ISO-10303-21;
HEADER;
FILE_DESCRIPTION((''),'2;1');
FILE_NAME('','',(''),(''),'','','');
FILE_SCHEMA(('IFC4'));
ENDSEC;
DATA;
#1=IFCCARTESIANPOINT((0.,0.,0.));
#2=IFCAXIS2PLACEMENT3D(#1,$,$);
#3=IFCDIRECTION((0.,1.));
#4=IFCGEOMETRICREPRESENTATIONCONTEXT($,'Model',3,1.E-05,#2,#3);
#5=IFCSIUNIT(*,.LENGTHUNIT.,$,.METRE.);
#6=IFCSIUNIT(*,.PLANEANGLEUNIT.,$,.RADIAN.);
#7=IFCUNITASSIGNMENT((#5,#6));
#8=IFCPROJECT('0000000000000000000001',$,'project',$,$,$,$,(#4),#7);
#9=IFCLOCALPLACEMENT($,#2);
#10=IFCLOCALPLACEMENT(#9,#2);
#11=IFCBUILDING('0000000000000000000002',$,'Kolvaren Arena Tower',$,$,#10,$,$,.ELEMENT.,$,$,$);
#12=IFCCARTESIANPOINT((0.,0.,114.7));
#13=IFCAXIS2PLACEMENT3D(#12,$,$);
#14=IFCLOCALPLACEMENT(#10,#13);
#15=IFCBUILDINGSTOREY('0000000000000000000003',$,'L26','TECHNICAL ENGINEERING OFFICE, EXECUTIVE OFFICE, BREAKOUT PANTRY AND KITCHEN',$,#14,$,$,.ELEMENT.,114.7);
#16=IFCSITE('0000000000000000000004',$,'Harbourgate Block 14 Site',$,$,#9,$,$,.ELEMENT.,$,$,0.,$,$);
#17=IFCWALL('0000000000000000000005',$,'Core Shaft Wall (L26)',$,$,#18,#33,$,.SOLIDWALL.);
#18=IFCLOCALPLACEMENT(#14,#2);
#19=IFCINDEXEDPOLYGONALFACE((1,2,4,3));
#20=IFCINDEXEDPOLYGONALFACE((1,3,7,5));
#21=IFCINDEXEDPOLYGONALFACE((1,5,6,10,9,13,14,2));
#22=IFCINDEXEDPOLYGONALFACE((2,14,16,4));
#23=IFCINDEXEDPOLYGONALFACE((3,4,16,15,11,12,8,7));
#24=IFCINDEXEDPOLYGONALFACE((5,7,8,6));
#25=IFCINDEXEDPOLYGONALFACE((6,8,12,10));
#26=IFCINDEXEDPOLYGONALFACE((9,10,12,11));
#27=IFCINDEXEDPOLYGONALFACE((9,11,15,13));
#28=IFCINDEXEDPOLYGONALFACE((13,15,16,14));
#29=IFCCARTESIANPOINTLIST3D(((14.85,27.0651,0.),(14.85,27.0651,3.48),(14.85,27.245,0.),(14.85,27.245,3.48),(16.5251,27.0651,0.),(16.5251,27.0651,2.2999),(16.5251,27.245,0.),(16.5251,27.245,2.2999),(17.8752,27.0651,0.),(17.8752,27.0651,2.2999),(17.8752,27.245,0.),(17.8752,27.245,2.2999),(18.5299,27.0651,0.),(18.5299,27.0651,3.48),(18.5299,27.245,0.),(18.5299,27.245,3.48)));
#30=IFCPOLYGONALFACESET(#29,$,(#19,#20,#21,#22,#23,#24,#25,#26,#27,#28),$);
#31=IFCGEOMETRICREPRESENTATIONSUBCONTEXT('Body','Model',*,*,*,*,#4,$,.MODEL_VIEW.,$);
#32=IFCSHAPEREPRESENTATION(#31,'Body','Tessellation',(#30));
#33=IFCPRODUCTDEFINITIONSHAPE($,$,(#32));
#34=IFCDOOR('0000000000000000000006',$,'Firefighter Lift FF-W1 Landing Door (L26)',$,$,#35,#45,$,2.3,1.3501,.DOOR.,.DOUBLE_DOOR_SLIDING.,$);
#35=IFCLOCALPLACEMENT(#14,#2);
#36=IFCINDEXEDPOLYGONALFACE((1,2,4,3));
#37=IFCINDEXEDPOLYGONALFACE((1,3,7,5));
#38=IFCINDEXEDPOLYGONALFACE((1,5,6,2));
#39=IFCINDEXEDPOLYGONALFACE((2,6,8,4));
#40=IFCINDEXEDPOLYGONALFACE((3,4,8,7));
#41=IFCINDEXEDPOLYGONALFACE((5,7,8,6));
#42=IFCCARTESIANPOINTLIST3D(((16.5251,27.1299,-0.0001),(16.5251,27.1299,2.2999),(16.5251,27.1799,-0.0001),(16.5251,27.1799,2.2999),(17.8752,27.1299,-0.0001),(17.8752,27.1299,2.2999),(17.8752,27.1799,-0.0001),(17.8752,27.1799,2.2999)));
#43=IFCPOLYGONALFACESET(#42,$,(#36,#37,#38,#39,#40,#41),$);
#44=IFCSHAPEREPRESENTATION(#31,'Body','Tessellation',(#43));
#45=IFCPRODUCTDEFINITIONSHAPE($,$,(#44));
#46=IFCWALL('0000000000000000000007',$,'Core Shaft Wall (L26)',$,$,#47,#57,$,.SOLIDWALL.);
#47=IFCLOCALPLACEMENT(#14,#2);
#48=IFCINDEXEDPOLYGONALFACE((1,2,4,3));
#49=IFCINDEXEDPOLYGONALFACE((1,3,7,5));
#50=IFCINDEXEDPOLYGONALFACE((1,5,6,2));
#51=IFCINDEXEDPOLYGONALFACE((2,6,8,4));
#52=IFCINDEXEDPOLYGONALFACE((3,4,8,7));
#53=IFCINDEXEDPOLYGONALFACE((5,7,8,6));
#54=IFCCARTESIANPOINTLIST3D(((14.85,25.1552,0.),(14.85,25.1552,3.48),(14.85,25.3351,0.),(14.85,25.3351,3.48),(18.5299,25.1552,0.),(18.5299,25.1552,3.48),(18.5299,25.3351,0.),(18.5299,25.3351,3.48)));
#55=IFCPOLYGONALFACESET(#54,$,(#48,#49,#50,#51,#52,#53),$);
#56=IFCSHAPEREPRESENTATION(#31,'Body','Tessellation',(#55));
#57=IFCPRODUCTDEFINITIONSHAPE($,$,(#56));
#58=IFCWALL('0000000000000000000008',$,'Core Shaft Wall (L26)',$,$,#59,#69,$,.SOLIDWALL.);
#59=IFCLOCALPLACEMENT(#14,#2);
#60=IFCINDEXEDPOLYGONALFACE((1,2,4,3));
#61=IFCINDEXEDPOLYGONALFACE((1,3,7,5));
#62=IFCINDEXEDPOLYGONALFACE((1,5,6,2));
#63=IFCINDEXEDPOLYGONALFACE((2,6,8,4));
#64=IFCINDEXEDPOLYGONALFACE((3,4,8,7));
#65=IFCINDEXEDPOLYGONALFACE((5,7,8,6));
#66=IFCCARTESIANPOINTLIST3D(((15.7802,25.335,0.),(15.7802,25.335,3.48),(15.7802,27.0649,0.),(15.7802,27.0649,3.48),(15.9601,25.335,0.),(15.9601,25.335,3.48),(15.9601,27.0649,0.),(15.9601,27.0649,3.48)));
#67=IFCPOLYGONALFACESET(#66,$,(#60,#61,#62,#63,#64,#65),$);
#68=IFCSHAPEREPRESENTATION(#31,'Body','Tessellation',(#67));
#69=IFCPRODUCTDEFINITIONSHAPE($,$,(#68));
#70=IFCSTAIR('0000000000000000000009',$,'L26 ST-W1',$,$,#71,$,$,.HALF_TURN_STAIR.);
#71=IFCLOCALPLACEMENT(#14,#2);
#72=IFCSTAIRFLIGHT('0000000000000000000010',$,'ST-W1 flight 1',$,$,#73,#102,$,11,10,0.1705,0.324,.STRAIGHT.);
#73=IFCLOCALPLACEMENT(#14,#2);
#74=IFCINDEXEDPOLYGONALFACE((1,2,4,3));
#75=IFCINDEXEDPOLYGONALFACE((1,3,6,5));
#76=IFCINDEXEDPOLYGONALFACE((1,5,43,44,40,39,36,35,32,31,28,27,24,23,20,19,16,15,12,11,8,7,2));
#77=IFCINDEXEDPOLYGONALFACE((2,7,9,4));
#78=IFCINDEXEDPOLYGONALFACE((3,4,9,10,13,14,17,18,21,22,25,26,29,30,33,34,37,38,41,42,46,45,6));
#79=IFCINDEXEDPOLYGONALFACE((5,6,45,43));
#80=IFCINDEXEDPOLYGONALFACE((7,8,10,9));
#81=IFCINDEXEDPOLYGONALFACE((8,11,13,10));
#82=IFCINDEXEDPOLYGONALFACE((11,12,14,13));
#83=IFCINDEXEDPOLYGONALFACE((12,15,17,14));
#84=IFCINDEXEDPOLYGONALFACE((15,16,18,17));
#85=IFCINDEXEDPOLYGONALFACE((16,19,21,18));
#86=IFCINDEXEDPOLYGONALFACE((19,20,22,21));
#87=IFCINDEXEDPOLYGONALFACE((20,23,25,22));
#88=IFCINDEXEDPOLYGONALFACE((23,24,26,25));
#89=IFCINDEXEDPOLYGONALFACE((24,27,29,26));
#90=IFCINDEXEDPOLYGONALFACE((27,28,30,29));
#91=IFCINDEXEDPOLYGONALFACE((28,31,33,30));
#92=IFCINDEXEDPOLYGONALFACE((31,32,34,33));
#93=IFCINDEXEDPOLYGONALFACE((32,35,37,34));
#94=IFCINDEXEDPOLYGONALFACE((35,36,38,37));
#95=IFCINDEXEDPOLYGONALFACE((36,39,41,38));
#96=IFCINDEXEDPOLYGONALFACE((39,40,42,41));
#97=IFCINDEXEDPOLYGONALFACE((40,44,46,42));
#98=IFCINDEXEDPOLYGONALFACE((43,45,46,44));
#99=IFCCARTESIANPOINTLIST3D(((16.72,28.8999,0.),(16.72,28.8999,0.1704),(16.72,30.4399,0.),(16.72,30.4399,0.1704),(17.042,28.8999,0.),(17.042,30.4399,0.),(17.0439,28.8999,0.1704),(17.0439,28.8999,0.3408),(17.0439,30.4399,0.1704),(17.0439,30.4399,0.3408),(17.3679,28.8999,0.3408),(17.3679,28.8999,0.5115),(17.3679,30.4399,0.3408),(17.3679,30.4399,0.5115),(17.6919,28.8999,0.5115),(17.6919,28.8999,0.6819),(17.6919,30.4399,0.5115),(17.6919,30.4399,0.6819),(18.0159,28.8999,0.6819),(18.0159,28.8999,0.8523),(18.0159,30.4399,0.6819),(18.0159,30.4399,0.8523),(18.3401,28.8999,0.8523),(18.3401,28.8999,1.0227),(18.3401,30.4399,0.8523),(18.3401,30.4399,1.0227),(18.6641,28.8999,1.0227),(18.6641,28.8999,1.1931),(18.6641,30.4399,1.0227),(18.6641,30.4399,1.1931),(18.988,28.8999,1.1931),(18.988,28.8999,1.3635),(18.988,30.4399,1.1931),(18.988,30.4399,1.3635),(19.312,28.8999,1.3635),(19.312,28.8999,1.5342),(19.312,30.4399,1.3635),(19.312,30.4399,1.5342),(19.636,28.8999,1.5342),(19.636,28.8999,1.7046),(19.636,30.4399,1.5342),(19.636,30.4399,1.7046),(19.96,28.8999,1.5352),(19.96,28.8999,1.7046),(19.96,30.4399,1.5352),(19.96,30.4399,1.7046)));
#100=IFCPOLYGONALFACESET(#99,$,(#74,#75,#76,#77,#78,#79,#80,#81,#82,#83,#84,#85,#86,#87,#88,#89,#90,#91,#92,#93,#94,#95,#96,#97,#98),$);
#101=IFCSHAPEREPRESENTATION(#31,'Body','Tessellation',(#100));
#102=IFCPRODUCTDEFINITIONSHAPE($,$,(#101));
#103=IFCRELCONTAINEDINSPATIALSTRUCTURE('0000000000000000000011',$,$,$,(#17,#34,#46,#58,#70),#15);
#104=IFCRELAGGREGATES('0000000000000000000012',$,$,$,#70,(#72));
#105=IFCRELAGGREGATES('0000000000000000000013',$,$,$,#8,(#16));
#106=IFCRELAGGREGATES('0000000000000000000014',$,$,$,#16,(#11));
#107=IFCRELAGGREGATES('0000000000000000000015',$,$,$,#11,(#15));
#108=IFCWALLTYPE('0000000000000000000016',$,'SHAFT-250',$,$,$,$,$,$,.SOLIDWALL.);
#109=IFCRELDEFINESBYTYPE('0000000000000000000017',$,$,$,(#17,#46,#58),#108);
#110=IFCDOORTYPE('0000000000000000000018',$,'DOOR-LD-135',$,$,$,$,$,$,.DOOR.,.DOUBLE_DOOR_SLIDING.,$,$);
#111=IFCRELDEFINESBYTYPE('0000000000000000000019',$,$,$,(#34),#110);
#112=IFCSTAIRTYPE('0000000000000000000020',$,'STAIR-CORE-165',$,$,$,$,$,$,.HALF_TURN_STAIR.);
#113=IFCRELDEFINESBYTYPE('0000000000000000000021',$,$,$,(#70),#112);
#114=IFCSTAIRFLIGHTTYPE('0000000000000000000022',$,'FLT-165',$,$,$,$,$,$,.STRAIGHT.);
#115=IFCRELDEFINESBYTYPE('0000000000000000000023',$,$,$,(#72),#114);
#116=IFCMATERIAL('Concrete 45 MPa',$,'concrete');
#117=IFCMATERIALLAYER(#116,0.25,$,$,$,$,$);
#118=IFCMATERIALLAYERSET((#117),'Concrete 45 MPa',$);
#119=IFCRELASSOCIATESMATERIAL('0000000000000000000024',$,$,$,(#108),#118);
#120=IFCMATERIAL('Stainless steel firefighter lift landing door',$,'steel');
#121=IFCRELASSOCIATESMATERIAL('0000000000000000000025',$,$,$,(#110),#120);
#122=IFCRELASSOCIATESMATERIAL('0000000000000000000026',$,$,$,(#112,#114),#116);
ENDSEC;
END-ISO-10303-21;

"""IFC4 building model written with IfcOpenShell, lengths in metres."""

from ifc_helpers import new_model, si_unit, direction, frame, frame_2d, origin, place, context, subcontext, project, spatial, polyline, rectangle, outline, extrude, material, layer, layer_set, type_object, element, fill, aggregate, save


model = new_model("IFC4")

# Units and contexts
model_context = context("Model", 3, precision=1e-05, world=origin(), true_north=direction((0.0, 1.0)))
body_context = subcontext(model_context, "Body", "Model", "MODEL_VIEW")
ifc_project = project(units=[si_unit("LENGTHUNIT", "METRE"), si_unit("PLANEANGLEUNIT", "RADIAN")], contexts=[model_context])

# Site, building, storey
site_placement = place(None, origin())
site = spatial("IfcSite", under=ifc_project, at=site_placement, Name="Harbourgate Block 14 Site", CompositionType="ELEMENT", RefElevation=0.0)
building_placement = place(site_placement, origin())
building = spatial("IfcBuilding", under=site, at=building_placement, Name="Kolvaren Arena Tower", CompositionType="ELEMENT")
storey_placement = place(building_placement, frame((0.0, 0.0, 114.7)))
storey = spatial("IfcBuildingStorey", under=building, at=storey_placement, Name="L26", Description="TECHNICAL ENGINEERING OFFICE, EXECUTIVE OFFICE, BREAKOUT PANTRY AND KITCHEN", CompositionType="ELEMENT", Elevation=114.7)

# Shared definitions
ifc_material_1 = material(Name="Concrete 45 MPa", Category="concrete")
ifc_layer = layer(ifc_material_1, 0.25)
ifc_layer_set = layer_set([ifc_layer], Name="Concrete 45 MPa")
wall_type = type_object("IfcWallType", Name="SHAFT-250", PredefinedType="SOLIDWALL", material=ifc_layer_set)

# Wall, opening, door
wall_1_placement = place(storey_placement, frame((14.8501, 27.155, 0.0), z_axis=(0.0, 0.0, 1.0), x_axis=(1.0, 0.0, 0.0)))
wall_1 = element("IfcWall", 1, at=wall_1_placement, inside=storey, type_object=wall_type, Name="Core Shaft Wall (L26)", PredefinedType="SOLIDWALL", context=body_context, shape_type="SweptSolid", body=[
    extrude(rectangle(XDim=3.6799, YDim=0.1799, at=frame_2d((1.8398, 0.0))), origin(), (0.0, 0.0, 1.0), 3.48),
])
opening_placement = place(wall_1_placement, frame((1.675, 0.0, 0.0)))
opening = element("IfcOpeningElement", 2, at=opening_placement, cuts=wall_1, PredefinedType="OPENING", context=body_context, shape_type="SweptSolid", body=[
    extrude(rectangle(XDim=1.3501, YDim=2.3, at=frame_2d((0.675, 1.1499))), frame((0.0, 0.0999, 0.0), z_axis=(0.0, -1.0, 0.0), x_axis=(1.0, 0.0, 0.0)), (0.0, 0.0, 1.0), 0.2),
])
ifc_material_2 = material(Name="Stainless steel firefighter lift landing door", Category="steel")
door_type = type_object("IfcDoorType", Name="DOOR-LD-135", OperationType="DOUBLE_DOOR_SLIDING", PredefinedType="DOOR", material=ifc_material_2)
door_placement = place(opening_placement, origin())
door = element("IfcDoor", 3, at=door_placement, inside=storey, type_object=door_type, Name="Firefighter Lift FF-W1 Landing Door (L26)", OperationType="DOUBLE_DOOR_SLIDING", OverallHeight=2.3, OverallWidth=1.3501, PredefinedType="DOOR", context=body_context, shape_type="SweptSolid", body=[
    extrude(rectangle(XDim=1.3501, YDim=2.3, at=frame_2d((0.675, 1.1499))), frame((0.0, 0.0249, 0.0), z_axis=(0.0, -1.0, 0.0), x_axis=(1.0, 0.0, 0.0)), (0.0, 0.0, 1.0), 0.05),
])
fill(opening, door)

# Walls
wall_2_placement = place(storey_placement, frame((14.8501, 25.2451, 0.0), z_axis=(0.0, 0.0, 1.0), x_axis=(1.0, 0.0, 0.0)))
element("IfcWall", 4, at=wall_2_placement, inside=storey, type_object=wall_type, Name="Core Shaft Wall (L26)", PredefinedType="SOLIDWALL", context=body_context, shape_type="SweptSolid", body=[
    extrude(rectangle(XDim=3.6799, YDim=0.1799, at=frame_2d((1.8398, 0.0))), origin(), (0.0, 0.0, 1.0), 3.48),
])
wall_3_placement = place(storey_placement, frame((15.8701, 25.335, 0.0), z_axis=(0.0, 0.0, 1.0), x_axis=(0.0, 1.0, 0.0)))
element("IfcWall", 5, at=wall_3_placement, inside=storey, type_object=wall_type, Name="Core Shaft Wall (L26)", PredefinedType="SOLIDWALL", context=body_context, shape_type="SweptSolid", body=[
    extrude(rectangle(XDim=1.73, YDim=0.1799, at=frame_2d((0.865, 0.0))), origin(), (0.0, 0.0, 1.0), 3.48),
])

# Stair, stair flight
stair_type = type_object("IfcStairType", Name="STAIR-CORE-165", PredefinedType="HALF_TURN_STAIR", material=ifc_material_1)
stair_placement = place(storey_placement, origin())
stair = element("IfcStair", 6, at=stair_placement, inside=storey, type_object=stair_type, Name="L26 ST-W1", PredefinedType="HALF_TURN_STAIR")
stair_flight_type = type_object("IfcStairFlightType", Name="FLT-165", PredefinedType="STRAIGHT", material=ifc_material_1)
stair_flight_placement = place(storey_placement, frame((16.72, 29.6699, 0.0), z_axis=(0.0, 0.0, 1.0), x_axis=(1.0, 0.0, 0.0)))
stair_flight = element("IfcStairFlight", 7, at=stair_flight_placement, type_object=stair_flight_type, Name="ST-W1 flight 1", NumberOfRisers=11, NumberOfTreads=10, PredefinedType="STRAIGHT", RiserHeight=0.1705, TreadLength=0.324, context=body_context, shape_type="SweptSolid", body=[
    extrude(outline(polyline([(0.0, 0.0), (0.0, 0.1704), (0.324, 0.1704), (0.324, 0.3408), (0.6479, 0.3408), (0.6479, 0.5115), (0.9719, 0.5115), (0.9719, 0.6819), (1.2959, 0.6819), (1.2959, 0.8523), (1.6201, 0.8523), (1.6201, 1.0227), (1.9441, 1.0227), (1.9441, 1.1931), (2.2681, 1.1931), (2.2681, 1.3635), (2.592, 1.3635), (2.592, 1.5342), (2.916, 1.5342), (2.916, 1.7046), (3.24, 1.7046), (3.24, 1.875), (3.24, 1.5352), (0.322, 0.0), (0.0, 0.0)])), frame((0.0, 0.77, 0.0), z_axis=(0.0, -1.0, 0.0), x_axis=(1.0, 0.0, 0.0)), (0.0, 0.0, 1.0), 1.54),
])
aggregate(stair, [stair_flight])

save(model, "model.ifc")
